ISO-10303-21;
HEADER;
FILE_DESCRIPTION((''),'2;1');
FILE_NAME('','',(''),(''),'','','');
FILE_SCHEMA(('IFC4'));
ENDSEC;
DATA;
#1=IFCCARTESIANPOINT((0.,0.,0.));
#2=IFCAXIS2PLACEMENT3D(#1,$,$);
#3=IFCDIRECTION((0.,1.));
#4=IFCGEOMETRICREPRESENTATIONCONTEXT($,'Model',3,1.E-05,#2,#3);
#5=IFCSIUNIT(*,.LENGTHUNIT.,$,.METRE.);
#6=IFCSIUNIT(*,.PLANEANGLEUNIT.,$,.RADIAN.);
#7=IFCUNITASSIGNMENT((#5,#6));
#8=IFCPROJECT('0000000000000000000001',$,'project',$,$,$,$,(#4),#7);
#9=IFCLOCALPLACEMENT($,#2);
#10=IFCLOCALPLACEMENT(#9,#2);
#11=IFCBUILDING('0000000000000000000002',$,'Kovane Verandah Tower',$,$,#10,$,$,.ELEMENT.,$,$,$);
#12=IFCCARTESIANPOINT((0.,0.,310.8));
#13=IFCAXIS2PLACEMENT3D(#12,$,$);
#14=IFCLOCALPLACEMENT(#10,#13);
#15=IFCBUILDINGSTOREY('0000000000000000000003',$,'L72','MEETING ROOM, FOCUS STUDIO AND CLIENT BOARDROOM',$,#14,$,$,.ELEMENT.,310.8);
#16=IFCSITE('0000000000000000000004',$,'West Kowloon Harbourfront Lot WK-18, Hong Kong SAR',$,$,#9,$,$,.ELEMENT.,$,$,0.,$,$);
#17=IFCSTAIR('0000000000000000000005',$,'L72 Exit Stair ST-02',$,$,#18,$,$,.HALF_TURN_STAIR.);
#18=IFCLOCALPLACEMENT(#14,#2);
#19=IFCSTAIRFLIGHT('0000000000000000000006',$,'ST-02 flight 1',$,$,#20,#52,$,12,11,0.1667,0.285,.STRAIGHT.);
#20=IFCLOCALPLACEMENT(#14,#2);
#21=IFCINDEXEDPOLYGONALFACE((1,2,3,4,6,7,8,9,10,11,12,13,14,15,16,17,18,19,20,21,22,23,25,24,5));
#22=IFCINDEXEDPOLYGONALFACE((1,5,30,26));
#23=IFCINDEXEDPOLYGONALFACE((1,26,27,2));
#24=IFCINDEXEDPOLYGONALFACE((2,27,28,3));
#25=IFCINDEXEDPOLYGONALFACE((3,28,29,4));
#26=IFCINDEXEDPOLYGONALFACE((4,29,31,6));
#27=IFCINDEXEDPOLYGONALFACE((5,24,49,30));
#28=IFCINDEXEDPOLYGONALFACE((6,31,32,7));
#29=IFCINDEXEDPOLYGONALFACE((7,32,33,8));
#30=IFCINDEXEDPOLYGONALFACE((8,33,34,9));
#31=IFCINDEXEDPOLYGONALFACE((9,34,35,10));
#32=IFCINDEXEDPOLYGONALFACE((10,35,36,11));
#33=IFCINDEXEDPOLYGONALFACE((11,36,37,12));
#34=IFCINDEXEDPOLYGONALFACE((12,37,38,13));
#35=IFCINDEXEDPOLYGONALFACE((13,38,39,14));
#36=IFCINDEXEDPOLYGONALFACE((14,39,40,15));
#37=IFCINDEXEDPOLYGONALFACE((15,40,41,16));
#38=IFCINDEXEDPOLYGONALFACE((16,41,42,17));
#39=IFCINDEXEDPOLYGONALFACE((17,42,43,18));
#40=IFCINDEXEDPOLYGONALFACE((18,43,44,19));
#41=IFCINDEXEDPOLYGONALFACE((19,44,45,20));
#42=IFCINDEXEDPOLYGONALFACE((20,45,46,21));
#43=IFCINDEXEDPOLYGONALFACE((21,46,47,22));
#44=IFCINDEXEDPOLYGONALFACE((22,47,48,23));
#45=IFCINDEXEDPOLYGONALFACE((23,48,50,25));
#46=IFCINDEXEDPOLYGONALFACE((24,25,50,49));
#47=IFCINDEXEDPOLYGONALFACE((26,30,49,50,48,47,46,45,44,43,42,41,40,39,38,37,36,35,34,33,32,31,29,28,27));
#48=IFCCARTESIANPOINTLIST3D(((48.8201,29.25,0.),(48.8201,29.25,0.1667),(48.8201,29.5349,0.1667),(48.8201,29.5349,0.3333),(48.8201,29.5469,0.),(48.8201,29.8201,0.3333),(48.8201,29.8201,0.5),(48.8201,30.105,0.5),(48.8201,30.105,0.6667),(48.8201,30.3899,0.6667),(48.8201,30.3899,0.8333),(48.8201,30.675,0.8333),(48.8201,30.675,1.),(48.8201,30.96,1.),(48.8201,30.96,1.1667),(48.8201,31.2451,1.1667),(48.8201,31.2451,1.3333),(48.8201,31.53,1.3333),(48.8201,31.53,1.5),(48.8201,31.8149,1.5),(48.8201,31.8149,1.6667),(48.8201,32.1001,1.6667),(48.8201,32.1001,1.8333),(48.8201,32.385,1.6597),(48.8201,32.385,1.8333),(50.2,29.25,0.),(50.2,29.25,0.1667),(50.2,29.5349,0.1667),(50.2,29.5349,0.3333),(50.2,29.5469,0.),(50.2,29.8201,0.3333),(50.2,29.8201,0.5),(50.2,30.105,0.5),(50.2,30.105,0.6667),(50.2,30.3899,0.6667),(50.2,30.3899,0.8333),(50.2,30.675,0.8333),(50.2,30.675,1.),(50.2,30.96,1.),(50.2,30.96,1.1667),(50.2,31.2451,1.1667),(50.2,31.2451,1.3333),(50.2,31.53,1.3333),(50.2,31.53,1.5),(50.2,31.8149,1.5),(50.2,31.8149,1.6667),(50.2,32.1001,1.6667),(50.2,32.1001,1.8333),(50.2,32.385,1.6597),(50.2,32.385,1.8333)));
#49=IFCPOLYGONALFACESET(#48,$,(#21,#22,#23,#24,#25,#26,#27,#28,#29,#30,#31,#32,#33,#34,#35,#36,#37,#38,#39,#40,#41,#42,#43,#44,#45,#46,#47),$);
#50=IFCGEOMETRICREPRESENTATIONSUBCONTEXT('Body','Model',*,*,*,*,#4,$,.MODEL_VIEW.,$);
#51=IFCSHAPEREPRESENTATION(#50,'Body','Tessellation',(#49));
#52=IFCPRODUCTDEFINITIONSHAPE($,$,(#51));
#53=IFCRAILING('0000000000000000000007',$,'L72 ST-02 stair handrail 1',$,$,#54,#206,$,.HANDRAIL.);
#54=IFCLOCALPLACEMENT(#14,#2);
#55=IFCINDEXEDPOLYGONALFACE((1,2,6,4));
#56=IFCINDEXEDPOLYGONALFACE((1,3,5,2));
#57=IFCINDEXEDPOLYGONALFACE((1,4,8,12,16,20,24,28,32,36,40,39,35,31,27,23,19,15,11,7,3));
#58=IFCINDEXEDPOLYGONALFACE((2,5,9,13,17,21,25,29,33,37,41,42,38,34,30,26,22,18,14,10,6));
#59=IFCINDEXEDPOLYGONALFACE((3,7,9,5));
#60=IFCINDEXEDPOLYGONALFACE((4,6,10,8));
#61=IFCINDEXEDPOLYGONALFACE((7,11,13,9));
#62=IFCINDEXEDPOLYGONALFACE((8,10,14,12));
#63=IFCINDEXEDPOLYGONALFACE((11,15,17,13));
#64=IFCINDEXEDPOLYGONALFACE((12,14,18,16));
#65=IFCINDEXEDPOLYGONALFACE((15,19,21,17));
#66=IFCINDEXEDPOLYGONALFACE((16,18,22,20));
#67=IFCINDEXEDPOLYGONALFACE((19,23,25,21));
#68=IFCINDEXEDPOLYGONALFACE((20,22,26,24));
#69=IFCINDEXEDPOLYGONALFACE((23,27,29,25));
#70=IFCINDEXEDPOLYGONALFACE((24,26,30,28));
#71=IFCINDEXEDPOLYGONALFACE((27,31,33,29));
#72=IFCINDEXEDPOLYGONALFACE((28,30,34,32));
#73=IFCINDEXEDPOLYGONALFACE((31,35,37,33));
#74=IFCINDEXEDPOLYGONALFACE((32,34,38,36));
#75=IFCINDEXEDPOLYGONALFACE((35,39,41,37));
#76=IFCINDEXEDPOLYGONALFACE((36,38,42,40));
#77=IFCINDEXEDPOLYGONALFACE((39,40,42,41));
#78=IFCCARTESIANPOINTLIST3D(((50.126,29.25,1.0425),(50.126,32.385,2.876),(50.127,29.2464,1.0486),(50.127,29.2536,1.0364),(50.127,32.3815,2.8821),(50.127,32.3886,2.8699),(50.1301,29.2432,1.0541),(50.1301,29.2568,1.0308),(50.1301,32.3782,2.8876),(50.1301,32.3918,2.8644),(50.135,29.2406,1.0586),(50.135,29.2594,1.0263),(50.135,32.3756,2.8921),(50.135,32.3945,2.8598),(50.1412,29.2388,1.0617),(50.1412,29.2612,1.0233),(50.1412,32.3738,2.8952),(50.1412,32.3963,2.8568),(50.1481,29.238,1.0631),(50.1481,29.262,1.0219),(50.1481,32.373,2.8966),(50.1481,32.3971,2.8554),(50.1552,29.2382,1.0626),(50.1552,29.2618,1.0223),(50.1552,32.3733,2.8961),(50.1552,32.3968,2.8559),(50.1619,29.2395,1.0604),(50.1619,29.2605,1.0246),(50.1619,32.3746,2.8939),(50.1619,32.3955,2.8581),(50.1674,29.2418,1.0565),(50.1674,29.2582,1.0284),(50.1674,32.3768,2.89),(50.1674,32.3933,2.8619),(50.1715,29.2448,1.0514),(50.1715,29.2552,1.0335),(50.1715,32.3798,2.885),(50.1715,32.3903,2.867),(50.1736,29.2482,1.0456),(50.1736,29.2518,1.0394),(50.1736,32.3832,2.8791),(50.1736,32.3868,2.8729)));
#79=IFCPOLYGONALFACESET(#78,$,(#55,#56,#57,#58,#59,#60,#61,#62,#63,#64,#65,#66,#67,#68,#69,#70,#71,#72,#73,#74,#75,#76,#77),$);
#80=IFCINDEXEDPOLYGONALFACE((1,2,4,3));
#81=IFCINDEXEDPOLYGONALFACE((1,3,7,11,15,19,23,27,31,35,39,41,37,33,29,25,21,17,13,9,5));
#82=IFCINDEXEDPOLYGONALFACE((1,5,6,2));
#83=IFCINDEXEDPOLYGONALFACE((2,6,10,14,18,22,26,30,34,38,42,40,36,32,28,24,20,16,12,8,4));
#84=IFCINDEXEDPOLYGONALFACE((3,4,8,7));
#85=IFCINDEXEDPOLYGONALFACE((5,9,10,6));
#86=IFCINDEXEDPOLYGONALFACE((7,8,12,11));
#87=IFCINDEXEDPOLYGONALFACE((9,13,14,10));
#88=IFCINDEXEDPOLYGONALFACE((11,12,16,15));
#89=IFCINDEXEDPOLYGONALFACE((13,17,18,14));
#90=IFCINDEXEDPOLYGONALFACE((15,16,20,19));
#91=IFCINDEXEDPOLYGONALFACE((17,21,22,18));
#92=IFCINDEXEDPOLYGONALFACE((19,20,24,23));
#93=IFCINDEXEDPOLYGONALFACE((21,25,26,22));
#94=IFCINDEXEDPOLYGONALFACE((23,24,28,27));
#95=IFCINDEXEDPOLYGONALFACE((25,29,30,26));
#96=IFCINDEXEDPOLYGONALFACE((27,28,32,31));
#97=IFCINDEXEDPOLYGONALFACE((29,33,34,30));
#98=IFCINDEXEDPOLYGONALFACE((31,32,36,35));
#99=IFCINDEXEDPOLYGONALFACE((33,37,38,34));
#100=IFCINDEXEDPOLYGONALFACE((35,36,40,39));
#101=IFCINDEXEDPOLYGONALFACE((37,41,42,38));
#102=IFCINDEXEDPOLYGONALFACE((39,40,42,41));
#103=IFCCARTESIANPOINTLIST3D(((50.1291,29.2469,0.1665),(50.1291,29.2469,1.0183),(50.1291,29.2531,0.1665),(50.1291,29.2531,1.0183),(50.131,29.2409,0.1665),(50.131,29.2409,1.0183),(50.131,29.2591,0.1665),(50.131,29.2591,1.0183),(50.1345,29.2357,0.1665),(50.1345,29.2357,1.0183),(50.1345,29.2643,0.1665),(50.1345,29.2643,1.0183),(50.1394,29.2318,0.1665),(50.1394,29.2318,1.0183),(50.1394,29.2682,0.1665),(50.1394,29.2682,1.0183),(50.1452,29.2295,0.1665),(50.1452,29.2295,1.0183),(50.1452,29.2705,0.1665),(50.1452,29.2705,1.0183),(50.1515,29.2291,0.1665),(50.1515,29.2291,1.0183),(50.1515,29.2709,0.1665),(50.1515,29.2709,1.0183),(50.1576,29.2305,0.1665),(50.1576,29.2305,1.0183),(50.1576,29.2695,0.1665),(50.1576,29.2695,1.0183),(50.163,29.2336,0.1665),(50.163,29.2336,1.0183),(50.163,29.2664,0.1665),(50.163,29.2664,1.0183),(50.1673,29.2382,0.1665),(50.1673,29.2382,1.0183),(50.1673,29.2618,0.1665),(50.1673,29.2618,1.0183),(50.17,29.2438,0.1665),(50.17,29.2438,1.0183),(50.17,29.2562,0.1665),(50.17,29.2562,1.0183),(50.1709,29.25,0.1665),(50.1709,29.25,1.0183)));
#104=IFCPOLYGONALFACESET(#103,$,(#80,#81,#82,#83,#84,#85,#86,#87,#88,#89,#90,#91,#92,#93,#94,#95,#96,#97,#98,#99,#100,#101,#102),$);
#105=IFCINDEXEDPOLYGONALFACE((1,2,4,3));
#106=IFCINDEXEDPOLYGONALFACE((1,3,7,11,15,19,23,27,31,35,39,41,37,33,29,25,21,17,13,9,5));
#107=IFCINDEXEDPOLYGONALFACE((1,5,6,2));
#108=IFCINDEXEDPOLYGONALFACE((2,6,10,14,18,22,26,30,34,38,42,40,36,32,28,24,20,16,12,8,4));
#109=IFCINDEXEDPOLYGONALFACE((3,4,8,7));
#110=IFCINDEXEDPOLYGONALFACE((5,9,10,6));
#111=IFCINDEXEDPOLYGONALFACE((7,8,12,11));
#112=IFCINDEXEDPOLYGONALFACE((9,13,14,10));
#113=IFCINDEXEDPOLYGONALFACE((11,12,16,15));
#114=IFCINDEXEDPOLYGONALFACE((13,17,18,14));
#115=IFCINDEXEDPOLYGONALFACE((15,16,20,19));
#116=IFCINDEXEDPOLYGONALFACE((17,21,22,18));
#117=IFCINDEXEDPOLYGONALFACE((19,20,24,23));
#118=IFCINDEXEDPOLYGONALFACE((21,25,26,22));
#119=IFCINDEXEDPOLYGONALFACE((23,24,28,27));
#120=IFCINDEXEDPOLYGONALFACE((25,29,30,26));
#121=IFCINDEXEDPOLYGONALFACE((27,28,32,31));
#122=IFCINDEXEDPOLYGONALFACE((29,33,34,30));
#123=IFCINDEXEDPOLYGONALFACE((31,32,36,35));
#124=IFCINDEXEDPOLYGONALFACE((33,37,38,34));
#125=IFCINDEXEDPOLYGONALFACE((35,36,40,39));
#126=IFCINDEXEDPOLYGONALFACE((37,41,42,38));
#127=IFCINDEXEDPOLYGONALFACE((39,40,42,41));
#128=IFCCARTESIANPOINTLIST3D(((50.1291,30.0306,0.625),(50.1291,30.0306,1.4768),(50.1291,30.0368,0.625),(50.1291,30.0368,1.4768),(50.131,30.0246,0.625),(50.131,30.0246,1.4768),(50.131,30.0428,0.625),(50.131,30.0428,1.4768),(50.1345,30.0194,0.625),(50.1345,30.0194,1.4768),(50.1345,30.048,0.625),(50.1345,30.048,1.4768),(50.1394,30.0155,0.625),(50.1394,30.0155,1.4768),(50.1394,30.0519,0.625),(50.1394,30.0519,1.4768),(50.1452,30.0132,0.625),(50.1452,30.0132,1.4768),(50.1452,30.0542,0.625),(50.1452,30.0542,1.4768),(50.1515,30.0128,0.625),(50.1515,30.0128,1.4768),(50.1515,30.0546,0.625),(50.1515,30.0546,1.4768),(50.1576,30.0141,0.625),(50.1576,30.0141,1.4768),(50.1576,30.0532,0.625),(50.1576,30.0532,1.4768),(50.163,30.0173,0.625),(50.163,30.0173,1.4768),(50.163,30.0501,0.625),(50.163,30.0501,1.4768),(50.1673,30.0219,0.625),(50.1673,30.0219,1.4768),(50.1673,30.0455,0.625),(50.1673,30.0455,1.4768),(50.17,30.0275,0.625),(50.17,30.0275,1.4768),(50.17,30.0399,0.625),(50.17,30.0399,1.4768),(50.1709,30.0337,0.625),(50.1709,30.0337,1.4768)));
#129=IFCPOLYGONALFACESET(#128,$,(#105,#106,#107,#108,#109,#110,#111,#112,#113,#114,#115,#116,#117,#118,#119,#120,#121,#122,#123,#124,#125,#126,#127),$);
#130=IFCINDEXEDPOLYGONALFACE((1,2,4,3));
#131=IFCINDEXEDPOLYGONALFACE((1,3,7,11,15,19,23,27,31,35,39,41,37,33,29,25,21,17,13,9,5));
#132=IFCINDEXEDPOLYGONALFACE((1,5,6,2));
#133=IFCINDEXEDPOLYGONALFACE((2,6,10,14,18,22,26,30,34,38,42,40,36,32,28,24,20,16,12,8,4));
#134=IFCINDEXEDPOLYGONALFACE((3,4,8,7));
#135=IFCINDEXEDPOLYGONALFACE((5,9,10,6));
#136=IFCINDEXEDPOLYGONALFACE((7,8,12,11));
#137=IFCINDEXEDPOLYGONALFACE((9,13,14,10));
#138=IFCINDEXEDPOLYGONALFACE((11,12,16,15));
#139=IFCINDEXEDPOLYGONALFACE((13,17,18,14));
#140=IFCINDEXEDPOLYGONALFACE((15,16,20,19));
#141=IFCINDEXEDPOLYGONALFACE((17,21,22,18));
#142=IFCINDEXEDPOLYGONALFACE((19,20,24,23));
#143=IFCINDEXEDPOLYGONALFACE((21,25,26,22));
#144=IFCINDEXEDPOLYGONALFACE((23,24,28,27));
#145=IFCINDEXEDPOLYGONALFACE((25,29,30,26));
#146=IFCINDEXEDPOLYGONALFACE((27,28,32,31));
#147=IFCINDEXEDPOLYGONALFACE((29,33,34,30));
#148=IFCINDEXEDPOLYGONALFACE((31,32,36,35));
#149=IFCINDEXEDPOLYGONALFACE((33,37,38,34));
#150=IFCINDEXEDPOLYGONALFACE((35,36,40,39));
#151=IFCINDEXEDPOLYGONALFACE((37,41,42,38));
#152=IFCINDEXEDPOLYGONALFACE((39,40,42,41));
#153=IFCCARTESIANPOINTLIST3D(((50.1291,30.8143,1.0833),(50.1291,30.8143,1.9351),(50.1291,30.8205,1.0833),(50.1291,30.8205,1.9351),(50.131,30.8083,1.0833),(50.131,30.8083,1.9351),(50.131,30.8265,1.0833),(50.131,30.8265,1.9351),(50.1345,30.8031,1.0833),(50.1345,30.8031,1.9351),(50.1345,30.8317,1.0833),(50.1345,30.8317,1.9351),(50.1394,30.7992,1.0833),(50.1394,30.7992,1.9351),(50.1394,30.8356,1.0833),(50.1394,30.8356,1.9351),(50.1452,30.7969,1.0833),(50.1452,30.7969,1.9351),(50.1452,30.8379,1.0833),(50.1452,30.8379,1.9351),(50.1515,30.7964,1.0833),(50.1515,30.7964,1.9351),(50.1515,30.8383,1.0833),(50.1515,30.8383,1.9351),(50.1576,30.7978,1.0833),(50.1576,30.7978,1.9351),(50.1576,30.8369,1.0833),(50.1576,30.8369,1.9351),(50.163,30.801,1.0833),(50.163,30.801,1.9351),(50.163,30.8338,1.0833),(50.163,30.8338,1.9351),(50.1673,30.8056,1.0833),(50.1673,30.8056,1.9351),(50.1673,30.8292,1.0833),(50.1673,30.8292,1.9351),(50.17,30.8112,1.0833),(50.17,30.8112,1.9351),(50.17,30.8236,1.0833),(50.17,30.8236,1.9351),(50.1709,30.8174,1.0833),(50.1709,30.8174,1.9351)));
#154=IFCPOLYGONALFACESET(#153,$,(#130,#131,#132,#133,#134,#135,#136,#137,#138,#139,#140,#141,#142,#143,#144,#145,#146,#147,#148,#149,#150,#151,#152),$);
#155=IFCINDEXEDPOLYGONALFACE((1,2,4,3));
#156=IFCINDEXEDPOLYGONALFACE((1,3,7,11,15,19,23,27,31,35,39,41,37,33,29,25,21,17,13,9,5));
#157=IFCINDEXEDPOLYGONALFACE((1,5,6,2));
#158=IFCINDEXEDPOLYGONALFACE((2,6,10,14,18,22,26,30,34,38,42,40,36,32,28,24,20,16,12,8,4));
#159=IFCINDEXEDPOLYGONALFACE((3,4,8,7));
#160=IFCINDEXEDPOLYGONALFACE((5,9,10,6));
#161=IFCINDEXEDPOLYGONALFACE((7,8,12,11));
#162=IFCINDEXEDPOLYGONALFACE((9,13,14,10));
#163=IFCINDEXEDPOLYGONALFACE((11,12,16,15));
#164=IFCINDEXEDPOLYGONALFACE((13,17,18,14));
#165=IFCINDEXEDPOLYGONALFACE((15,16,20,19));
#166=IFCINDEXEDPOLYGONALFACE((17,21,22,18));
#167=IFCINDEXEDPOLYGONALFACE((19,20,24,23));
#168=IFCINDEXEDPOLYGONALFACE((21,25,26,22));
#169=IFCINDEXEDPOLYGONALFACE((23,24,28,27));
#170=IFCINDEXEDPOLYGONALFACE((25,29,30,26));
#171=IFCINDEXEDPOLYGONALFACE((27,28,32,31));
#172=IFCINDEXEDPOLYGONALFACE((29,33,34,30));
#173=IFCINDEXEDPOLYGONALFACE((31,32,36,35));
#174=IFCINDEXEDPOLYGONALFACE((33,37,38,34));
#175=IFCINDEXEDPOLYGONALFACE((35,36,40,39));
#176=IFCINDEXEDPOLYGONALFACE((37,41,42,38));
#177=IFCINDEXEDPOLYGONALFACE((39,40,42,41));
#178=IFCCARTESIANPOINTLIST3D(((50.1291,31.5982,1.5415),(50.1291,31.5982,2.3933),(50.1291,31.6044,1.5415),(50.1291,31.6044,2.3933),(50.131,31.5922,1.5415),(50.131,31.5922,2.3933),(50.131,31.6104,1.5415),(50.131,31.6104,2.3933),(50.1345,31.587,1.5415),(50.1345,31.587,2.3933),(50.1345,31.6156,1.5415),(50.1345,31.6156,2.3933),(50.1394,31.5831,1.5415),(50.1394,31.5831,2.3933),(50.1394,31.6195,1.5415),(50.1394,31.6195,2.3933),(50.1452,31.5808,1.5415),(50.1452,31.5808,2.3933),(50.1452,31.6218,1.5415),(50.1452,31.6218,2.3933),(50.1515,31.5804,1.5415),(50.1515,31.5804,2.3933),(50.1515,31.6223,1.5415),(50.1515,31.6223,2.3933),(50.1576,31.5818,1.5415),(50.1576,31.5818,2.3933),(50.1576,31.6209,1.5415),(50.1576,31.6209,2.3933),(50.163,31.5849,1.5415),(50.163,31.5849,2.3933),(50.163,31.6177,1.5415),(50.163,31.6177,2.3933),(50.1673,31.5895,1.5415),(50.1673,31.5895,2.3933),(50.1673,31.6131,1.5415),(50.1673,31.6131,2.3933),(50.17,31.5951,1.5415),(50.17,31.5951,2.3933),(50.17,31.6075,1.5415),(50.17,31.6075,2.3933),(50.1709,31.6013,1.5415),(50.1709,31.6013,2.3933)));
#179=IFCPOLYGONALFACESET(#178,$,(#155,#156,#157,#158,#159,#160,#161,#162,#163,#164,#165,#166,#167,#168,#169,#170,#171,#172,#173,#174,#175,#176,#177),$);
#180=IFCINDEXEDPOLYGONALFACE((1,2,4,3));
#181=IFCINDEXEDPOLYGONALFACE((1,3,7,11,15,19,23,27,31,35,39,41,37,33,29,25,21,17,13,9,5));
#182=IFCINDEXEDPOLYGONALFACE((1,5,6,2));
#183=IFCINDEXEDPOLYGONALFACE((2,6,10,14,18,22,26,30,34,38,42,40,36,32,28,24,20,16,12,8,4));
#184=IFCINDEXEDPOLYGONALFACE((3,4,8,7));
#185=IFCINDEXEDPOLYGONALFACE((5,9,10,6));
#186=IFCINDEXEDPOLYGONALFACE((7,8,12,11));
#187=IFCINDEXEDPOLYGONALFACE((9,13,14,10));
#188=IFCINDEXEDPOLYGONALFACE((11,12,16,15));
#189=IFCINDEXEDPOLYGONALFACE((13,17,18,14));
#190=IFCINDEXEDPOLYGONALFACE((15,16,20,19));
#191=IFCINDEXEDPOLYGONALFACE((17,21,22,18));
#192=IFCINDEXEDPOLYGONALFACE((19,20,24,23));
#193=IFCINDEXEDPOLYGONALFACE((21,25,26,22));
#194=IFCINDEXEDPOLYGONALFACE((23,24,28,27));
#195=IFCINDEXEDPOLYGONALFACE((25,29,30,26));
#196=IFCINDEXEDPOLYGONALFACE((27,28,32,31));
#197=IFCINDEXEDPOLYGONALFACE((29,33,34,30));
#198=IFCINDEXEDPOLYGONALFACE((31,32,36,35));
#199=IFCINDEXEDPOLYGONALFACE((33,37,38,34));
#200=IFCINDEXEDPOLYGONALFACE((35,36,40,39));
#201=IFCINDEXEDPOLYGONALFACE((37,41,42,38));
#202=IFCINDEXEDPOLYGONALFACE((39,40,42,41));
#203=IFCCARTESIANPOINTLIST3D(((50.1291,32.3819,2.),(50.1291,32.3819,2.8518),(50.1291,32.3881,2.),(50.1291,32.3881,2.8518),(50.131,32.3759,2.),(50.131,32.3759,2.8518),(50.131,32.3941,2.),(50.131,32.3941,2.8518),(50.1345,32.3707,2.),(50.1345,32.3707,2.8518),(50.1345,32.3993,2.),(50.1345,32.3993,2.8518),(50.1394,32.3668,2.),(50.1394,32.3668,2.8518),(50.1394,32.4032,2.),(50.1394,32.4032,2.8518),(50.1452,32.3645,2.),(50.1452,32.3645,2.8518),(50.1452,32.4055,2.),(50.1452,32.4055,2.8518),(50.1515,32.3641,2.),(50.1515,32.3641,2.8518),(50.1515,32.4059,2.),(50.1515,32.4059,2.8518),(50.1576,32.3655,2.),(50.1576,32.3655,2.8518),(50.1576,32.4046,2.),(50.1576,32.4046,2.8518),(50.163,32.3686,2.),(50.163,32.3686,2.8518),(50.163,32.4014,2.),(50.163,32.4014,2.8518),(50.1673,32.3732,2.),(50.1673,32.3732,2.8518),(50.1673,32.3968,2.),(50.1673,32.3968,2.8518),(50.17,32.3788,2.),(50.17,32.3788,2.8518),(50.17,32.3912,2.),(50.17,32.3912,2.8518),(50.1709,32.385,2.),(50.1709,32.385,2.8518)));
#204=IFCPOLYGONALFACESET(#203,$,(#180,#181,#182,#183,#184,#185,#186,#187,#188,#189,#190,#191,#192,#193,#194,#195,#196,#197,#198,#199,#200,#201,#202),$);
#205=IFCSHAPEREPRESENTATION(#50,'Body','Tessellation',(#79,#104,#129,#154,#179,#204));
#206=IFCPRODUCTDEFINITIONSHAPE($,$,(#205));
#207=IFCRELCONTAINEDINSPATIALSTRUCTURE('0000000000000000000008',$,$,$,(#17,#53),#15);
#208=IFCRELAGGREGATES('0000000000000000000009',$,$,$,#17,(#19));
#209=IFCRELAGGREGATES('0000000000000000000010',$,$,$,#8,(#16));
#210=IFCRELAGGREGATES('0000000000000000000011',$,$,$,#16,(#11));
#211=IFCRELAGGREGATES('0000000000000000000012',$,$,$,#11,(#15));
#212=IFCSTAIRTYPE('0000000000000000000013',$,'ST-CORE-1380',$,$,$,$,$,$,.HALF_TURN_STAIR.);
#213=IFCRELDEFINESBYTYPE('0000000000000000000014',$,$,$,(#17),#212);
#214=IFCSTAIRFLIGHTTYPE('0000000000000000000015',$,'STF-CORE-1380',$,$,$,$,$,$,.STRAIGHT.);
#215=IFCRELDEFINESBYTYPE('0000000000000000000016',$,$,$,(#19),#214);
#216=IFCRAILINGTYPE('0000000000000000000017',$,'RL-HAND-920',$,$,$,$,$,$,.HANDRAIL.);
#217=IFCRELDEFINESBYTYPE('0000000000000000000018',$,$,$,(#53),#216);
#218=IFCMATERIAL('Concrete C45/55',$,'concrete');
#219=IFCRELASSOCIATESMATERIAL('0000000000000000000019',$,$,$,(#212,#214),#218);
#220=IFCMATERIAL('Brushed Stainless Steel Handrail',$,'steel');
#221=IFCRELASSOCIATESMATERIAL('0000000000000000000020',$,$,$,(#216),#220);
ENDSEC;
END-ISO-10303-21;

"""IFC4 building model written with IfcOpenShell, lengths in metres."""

from ifc_helpers import new_model, si_unit, direction, frame, origin, origin_2d, place, context, subcontext, project, spatial, polyline, circle, outline, extrude, material, type_object, element, aggregate, save


model = new_model("IFC4")

# Units and contexts
model_context = context("Model", 3, precision=1e-05, world=origin(), true_north=direction((0.0, 1.0)))
body_context = subcontext(model_context, "Body", "Model", "MODEL_VIEW")
ifc_project = project(units=[si_unit("LENGTHUNIT", "METRE"), si_unit("PLANEANGLEUNIT", "RADIAN")], contexts=[model_context])

# Site, building, storey
site_placement = place(None, origin())
site = spatial("IfcSite", under=ifc_project, at=site_placement, Name="West Kowloon Harbourfront Lot WK-18, Hong Kong SAR", CompositionType="ELEMENT", RefElevation=0.0)
building_placement = place(site_placement, origin())
building = spatial("IfcBuilding", under=site, at=building_placement, Name="Kovane Verandah Tower", CompositionType="ELEMENT")
storey_placement = place(building_placement, frame((0.0, 0.0, 310.8)))
storey = spatial("IfcBuildingStorey", under=building, at=storey_placement, Name="L72", Description="MEETING ROOM, FOCUS STUDIO AND CLIENT BOARDROOM", CompositionType="ELEMENT", Elevation=310.8)

# Shared definitions
ifc_material_1 = material(Name="Concrete C45/55", Category="concrete")

# Stair, stair flight
stair_type = type_object("IfcStairType", Name="ST-CORE-1380", PredefinedType="HALF_TURN_STAIR", material=ifc_material_1)
stair_placement = place(storey_placement, origin())
stair = element("IfcStair", 1, at=stair_placement, inside=storey, type_object=stair_type, Name="L72 Exit Stair ST-02", PredefinedType="HALF_TURN_STAIR")
stair_flight_type = type_object("IfcStairFlightType", Name="STF-CORE-1380", PredefinedType="STRAIGHT", material=ifc_material_1)
stair_flight_placement = place(storey_placement, frame((49.51, 29.25, 0.0), z_axis=(0.0, 0.0, 1.0), x_axis=(0.0, 1.0, 0.0)))
stair_flight = element("IfcStairFlight", 2, at=stair_flight_placement, type_object=stair_flight_type, Name="ST-02 flight 1", NumberOfRisers=12, NumberOfTreads=11, PredefinedType="STRAIGHT", RiserHeight=0.1667, TreadLength=0.285, context=body_context, shape_type="SweptSolid", body=[
    extrude(outline(polyline([(0.0, 0.0), (0.0, 0.1667), (0.2849, 0.1667), (0.2849, 0.3333), (0.5701, 0.3333), (0.5701, 0.5), (0.855, 0.5), (0.855, 0.6667), (1.1399, 0.6667), (1.1399, 0.8333), (1.425, 0.8333), (1.425, 1.0), (1.71, 1.0), (1.71, 1.1667), (1.9951, 1.1667), (1.9951, 1.3333), (2.28, 1.3333), (2.28, 1.5), (2.5649, 1.5), (2.5649, 1.6667), (2.8501, 1.6667), (2.8501, 1.8333), (3.135, 1.8333), (3.135, 2.0), (3.135, 1.6597), (0.2969, 0.0), (0.0, 0.0)])), frame((0.0, 0.6899, 0.0), z_axis=(0.0, -1.0, 0.0), x_axis=(1.0, 0.0, 0.0)), (0.0, 0.0, 1.0), 1.3799),
])
aggregate(stair, [stair_flight])

# Railing
ifc_material_2 = material(Name="Brushed Stainless Steel Handrail", Category="steel")
railing_type_1 = type_object("IfcRailingType", Name="RL-HAND-920", PredefinedType="HANDRAIL", material=ifc_material_2)
railing_1_placement = place(storey_placement, frame((50.1499, 29.25, 0.1665)))
element("IfcRailing", 3, at=railing_1_placement, inside=storey, type_object=railing_type_1, Name="L72 ST-02 stair handrail 1", PredefinedType="HANDRAIL", context=body_context, shape_type="SweptSolid", body=[
    extrude(circle(Radius=0.0239, at=origin_2d()), frame((0.0, 0.0, 0.876), z_axis=(0.0, 0.86321, 0.504845), x_axis=(-1.0, 0.0, 0.0)), (0.0, 0.0, 1.0), 3.6318),
    extrude(circle(Radius=0.021, at=origin_2d()), origin(), (0.0, 0.0, 1.0), 0.8518),
    extrude(circle(Radius=0.021, at=origin_2d()), frame((0.0, 0.7837, 0.4585)), (0.0, 0.0, 1.0), 0.8518),
    extrude(circle(Radius=0.021, at=origin_2d()), frame((0.0, 1.5674, 0.9167)), (0.0, 0.0, 1.0), 0.8518),
    extrude(circle(Radius=0.021, at=origin_2d()), frame((0.0, 2.3513, 1.375)), (0.0, 0.0, 1.0), 0.8518),
    extrude(circle(Radius=0.021, at=origin_2d()), frame((0.0, 3.135, 1.8335)), (0.0, 0.0, 1.0), 0.8518),
])

save(model, "model.ifc")
